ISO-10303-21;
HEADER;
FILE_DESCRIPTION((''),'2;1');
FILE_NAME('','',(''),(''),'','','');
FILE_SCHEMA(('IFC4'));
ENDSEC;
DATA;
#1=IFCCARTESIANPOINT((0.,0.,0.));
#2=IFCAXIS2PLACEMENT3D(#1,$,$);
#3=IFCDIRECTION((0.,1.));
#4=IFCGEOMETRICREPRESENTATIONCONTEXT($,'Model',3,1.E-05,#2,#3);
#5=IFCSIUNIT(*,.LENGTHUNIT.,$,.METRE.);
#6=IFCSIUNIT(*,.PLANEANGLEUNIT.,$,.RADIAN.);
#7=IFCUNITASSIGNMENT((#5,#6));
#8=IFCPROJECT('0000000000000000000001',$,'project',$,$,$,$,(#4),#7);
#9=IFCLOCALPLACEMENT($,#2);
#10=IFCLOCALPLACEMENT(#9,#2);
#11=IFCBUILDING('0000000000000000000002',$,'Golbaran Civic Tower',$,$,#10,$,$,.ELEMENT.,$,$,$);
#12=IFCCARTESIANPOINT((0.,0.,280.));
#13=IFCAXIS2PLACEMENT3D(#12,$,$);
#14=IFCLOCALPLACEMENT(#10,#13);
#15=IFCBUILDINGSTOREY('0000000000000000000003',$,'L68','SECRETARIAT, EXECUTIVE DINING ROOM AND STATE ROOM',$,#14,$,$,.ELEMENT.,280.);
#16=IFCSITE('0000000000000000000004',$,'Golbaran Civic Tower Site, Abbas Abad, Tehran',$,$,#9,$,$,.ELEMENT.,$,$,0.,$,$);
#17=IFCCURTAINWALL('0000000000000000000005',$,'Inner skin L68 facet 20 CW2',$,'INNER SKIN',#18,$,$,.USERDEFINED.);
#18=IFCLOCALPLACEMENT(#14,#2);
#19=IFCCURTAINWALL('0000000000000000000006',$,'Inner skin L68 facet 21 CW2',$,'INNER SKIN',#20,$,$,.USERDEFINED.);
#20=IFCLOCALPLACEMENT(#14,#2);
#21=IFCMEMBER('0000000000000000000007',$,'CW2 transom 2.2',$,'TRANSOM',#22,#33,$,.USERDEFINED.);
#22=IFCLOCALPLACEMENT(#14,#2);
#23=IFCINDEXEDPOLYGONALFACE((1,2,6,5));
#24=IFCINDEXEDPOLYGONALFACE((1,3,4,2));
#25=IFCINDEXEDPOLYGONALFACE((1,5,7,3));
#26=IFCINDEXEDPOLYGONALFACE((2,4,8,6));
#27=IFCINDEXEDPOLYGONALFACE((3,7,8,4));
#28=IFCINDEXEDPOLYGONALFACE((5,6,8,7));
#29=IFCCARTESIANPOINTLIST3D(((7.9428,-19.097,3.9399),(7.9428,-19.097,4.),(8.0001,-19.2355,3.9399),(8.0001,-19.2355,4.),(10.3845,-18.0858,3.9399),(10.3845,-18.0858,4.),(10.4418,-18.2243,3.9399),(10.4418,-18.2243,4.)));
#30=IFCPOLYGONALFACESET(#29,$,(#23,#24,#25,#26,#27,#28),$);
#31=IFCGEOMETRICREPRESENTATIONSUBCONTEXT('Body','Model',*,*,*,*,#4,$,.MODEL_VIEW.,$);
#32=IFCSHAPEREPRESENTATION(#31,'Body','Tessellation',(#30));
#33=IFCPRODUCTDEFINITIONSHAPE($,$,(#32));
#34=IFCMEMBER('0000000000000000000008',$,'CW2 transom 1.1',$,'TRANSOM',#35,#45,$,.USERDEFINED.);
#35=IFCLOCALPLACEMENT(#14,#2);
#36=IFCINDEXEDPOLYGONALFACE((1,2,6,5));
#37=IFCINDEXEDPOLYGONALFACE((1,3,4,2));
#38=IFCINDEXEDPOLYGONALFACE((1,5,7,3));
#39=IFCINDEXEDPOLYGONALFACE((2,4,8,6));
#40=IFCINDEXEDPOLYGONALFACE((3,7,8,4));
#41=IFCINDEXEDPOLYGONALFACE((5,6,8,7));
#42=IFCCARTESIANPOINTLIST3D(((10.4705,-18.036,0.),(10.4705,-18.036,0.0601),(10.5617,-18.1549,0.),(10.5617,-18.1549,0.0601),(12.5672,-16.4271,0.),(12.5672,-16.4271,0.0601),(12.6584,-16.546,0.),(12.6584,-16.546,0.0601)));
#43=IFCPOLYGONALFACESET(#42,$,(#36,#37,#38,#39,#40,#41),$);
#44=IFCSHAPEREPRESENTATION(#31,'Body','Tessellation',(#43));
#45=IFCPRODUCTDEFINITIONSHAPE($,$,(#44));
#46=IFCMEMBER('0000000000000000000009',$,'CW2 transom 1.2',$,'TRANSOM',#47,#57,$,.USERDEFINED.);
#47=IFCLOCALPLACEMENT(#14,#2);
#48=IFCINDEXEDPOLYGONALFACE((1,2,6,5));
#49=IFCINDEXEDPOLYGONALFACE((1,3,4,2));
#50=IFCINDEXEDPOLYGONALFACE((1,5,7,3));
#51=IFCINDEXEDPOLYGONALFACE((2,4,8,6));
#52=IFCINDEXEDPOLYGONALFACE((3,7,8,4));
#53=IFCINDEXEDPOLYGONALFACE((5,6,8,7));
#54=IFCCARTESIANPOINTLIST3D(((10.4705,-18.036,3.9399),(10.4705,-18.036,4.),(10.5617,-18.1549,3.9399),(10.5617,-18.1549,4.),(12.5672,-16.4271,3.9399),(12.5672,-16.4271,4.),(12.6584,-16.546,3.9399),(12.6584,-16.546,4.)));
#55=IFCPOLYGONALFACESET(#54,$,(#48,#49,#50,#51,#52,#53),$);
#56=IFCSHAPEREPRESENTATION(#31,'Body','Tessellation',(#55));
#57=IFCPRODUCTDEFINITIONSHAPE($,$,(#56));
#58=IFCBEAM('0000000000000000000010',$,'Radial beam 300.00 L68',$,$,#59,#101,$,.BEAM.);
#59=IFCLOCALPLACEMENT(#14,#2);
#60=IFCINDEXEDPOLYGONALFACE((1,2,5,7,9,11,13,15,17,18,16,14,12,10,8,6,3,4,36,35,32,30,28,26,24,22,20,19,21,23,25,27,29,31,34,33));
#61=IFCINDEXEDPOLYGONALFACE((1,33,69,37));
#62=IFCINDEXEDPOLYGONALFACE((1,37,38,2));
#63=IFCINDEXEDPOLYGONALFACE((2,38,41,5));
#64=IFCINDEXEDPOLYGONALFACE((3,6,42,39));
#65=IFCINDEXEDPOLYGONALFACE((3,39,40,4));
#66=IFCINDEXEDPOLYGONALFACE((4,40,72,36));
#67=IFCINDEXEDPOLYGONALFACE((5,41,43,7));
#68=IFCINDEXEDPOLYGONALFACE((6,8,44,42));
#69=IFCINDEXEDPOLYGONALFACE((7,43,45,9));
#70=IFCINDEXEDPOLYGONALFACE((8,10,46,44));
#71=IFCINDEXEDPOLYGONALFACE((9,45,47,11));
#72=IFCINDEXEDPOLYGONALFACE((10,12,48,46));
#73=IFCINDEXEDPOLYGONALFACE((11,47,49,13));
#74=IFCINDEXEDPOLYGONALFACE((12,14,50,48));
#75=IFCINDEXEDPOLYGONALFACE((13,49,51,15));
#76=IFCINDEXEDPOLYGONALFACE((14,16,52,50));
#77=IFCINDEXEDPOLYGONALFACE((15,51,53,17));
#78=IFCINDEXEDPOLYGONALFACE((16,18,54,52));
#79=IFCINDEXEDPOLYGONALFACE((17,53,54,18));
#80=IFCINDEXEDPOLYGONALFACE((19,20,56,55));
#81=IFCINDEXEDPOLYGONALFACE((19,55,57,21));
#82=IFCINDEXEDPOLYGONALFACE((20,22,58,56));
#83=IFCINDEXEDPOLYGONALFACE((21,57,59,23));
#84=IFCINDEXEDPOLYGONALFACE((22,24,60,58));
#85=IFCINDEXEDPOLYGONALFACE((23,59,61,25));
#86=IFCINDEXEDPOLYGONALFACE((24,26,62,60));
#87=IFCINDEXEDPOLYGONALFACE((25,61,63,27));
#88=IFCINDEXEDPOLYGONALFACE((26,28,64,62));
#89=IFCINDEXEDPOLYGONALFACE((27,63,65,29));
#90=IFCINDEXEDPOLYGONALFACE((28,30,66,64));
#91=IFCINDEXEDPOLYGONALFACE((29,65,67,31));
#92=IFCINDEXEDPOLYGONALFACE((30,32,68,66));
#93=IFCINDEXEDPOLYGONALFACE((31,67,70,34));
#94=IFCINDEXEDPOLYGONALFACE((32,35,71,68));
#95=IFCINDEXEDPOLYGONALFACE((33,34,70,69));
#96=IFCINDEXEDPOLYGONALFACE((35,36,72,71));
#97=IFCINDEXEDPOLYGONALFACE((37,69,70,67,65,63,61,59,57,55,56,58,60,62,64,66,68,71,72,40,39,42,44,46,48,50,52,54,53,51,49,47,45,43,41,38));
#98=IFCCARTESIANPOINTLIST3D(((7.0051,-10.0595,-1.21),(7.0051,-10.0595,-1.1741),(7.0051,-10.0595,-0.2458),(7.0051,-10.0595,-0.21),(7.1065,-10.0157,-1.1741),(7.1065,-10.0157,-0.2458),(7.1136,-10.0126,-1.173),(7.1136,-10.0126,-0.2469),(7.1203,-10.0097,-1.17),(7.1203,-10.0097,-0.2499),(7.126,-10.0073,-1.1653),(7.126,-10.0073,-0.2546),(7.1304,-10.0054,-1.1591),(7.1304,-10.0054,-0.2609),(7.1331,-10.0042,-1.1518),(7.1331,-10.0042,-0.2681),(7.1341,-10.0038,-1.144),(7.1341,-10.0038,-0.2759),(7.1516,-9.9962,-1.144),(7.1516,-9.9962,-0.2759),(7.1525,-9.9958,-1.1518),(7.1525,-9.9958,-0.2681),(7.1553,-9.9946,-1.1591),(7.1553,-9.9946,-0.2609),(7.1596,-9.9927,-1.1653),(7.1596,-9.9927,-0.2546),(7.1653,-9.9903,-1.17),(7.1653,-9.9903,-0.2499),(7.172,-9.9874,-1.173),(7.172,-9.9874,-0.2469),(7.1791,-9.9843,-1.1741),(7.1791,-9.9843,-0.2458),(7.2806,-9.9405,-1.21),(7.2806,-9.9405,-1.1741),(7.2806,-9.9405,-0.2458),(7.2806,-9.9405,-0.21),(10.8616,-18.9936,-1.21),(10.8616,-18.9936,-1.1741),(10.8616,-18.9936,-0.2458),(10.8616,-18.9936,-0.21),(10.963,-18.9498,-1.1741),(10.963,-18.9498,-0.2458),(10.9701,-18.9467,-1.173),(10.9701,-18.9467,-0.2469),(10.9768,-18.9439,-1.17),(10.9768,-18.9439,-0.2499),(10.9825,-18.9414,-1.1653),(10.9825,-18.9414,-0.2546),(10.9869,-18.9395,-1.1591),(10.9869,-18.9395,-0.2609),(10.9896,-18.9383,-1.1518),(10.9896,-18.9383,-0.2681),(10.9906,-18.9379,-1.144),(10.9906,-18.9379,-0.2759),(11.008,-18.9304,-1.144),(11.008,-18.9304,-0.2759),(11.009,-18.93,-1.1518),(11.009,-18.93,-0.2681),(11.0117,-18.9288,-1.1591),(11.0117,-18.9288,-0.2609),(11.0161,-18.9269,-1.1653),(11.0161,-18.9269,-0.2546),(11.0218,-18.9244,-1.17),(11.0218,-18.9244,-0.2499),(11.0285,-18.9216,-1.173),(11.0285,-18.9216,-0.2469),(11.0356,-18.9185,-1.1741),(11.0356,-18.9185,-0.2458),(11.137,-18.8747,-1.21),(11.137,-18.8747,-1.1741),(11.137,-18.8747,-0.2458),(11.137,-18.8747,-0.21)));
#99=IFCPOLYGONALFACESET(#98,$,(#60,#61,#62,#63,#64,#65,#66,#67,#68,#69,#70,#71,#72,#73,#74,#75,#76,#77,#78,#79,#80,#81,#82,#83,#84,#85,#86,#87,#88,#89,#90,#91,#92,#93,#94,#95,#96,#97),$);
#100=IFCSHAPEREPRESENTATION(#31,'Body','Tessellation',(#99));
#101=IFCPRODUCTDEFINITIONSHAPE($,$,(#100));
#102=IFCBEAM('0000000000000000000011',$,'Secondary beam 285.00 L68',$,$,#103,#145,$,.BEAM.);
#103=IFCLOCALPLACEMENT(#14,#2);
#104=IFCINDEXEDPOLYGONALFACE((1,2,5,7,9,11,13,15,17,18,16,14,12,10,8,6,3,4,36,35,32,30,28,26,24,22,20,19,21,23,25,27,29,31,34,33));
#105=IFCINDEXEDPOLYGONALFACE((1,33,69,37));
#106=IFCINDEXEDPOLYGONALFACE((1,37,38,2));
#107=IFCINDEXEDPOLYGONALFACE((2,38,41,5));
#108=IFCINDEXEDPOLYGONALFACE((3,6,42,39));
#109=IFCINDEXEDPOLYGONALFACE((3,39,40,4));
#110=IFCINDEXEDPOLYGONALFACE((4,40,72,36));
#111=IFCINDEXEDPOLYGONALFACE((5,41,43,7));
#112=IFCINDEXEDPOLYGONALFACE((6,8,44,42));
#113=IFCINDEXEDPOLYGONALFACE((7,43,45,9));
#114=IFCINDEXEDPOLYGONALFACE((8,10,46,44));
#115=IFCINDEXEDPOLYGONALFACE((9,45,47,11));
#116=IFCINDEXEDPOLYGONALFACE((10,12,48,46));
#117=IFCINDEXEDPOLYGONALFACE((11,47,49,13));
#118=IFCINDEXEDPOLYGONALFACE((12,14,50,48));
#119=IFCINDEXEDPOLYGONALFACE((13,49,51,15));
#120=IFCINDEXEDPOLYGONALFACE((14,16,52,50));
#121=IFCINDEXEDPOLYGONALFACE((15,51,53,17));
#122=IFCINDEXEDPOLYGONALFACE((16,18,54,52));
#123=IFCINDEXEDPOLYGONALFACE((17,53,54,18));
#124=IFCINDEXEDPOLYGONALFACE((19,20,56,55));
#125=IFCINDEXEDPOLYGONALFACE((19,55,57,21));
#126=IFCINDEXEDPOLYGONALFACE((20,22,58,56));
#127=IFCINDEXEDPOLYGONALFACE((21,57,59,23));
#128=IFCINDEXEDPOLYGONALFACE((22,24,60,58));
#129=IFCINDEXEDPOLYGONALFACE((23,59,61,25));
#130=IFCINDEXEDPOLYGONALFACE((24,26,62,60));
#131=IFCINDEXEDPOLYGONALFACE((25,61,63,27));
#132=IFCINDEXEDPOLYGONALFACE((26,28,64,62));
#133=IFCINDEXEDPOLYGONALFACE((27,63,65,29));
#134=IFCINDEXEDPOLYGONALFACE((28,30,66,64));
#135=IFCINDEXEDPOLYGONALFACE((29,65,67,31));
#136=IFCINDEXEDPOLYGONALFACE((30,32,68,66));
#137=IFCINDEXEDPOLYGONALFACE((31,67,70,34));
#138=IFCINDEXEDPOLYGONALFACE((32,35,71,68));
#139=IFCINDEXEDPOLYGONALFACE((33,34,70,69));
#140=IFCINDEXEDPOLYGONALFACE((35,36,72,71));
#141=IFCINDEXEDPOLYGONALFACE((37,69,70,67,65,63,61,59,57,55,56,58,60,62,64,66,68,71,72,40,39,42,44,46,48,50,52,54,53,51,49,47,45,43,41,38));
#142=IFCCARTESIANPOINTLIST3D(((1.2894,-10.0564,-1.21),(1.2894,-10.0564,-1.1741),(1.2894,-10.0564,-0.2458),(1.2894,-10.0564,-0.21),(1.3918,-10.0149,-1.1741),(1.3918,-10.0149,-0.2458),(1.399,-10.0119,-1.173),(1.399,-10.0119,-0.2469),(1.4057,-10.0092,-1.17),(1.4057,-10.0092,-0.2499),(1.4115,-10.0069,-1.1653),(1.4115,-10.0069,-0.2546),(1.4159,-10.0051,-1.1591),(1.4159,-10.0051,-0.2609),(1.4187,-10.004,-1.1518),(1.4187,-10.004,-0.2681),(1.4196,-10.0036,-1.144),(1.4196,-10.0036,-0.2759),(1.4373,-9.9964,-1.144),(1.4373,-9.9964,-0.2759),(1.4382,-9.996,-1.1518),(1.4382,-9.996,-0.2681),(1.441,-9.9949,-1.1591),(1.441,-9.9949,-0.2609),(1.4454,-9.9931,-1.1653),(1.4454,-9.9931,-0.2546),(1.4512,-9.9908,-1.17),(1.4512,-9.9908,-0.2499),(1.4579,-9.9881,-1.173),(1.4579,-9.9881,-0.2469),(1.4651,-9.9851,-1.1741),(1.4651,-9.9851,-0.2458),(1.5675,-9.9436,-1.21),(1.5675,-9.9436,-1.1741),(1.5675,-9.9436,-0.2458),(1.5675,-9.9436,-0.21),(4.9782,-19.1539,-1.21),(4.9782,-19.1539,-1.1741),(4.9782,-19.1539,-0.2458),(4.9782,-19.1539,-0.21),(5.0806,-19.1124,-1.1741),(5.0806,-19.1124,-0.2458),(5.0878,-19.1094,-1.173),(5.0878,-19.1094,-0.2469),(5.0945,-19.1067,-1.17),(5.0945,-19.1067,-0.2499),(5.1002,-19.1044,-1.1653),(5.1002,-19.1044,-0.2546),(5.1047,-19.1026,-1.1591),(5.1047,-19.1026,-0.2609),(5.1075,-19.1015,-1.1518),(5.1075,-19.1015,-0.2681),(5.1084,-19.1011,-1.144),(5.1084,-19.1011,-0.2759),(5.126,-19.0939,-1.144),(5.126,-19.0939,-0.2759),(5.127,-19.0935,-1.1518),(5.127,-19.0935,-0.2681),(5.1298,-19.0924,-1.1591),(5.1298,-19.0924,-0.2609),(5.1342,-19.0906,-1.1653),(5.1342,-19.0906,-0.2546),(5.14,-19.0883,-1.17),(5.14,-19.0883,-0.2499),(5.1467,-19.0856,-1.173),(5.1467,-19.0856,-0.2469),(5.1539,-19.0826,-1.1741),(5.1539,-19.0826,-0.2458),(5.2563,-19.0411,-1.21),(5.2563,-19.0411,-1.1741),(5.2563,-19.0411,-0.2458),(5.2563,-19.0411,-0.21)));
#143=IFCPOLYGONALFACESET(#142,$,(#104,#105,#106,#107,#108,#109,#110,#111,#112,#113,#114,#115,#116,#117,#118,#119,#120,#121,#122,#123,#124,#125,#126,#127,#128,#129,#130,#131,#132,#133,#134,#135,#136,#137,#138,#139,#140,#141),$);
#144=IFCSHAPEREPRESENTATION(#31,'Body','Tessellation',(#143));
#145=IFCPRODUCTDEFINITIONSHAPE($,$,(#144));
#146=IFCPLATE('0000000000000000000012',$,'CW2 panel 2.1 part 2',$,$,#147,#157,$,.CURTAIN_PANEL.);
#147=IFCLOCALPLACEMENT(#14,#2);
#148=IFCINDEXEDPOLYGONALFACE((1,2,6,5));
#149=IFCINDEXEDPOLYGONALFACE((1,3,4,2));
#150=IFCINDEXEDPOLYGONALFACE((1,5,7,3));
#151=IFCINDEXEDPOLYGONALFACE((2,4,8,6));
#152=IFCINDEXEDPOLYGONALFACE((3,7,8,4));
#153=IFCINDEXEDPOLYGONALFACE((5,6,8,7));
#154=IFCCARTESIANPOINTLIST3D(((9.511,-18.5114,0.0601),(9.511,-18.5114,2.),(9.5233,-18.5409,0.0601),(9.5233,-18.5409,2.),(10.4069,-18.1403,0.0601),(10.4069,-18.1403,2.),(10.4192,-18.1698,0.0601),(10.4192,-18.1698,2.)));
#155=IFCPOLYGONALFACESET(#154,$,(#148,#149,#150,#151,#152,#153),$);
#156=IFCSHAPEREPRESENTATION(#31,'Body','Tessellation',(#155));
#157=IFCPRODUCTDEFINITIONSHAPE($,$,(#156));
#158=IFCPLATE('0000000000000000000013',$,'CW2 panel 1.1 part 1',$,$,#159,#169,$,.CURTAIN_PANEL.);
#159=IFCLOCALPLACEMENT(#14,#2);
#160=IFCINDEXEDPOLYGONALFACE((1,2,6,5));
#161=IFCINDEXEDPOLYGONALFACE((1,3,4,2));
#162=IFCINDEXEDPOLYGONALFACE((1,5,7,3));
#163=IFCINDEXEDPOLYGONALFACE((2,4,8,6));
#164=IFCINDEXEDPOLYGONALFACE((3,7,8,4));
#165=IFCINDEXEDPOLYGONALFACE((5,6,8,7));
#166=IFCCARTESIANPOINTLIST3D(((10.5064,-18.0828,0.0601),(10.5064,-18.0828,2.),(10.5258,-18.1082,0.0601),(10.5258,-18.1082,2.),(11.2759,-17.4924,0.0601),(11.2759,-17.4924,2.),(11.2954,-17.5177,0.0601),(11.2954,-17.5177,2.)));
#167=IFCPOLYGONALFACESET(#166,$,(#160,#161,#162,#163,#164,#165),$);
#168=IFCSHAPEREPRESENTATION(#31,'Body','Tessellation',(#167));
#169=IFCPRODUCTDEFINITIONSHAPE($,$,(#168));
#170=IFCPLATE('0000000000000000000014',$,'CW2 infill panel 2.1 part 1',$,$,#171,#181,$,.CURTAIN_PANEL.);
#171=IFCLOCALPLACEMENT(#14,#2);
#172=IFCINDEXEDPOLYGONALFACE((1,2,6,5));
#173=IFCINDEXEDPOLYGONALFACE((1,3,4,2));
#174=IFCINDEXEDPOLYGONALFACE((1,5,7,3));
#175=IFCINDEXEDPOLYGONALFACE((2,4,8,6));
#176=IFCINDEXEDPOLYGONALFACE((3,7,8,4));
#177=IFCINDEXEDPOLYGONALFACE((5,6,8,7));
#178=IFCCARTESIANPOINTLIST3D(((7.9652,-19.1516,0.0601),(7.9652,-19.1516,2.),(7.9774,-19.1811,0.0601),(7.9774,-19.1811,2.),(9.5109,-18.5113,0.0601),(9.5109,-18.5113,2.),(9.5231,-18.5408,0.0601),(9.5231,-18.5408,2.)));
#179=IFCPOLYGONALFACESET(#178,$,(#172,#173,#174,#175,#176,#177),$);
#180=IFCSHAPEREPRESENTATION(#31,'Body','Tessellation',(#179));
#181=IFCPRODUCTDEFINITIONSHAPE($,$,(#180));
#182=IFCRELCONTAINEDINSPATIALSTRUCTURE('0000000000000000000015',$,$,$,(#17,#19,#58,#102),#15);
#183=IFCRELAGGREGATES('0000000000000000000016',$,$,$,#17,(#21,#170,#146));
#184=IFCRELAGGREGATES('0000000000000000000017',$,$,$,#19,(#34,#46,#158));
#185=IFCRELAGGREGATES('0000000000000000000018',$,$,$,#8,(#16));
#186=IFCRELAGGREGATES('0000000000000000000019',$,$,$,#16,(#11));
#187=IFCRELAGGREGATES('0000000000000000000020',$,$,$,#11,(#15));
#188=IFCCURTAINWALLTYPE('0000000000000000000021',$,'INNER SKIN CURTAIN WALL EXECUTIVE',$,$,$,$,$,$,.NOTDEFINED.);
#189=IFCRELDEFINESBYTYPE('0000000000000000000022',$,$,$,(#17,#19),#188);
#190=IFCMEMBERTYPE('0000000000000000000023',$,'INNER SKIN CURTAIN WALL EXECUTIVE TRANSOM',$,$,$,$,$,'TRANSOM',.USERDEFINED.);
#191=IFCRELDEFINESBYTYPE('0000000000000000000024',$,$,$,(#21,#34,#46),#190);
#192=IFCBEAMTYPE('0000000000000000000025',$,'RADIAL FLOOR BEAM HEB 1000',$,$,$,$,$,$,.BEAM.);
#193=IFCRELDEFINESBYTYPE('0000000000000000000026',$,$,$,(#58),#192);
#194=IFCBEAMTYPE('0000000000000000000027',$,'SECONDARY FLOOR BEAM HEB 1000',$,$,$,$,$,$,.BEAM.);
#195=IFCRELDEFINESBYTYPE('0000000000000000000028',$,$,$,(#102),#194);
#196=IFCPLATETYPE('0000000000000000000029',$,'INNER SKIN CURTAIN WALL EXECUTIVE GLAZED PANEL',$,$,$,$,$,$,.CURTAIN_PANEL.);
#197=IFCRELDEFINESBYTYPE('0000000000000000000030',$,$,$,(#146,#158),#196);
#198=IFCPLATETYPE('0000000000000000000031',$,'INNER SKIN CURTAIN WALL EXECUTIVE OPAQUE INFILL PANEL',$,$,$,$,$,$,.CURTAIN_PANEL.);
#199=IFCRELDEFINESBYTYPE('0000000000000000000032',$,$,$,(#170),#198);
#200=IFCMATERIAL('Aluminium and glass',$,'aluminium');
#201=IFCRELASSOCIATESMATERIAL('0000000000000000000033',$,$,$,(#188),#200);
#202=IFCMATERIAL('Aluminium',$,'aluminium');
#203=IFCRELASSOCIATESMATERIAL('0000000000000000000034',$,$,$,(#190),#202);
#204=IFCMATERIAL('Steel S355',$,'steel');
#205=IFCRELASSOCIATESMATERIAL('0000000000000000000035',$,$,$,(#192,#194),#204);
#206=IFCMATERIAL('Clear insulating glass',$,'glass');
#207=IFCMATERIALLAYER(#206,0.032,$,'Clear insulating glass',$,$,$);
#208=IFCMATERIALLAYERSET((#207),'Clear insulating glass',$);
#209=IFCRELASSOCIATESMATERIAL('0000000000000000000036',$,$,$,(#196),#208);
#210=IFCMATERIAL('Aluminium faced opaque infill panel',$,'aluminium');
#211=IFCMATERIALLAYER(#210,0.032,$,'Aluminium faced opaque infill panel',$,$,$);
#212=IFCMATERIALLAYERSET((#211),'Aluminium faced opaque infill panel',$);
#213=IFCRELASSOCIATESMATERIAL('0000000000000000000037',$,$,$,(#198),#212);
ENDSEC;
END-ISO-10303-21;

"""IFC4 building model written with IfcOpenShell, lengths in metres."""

from ifc_helpers import new_model, si_unit, direction, frame, origin, origin_2d, place, context, subcontext, project, spatial, rectangle, i_section, extrude, material, layer, layer_set, material_profile, profile_set, type_object, element, aggregate, save


model = new_model("IFC4")

# Units and contexts
model_context = context("Model", 3, precision=1e-05, world=origin(), true_north=direction((0.0, 1.0)))
body_context = subcontext(model_context, "Body", "Model", "MODEL_VIEW")
ifc_project = project(units=[si_unit("LENGTHUNIT", "METRE"), si_unit("PLANEANGLEUNIT", "RADIAN")], contexts=[model_context])

# Site, building, storey
site_placement = place(None, origin())
site = spatial("IfcSite", under=ifc_project, at=site_placement, Name="Golbaran Civic Tower Site, Abbas Abad, Tehran", CompositionType="ELEMENT", RefElevation=0.0)
building_placement = place(site_placement, origin())
building = spatial("IfcBuilding", under=site, at=building_placement, Name="Golbaran Civic Tower", CompositionType="ELEMENT")
storey_placement = place(building_placement, frame((0.0, 0.0, 280.0)))
storey = spatial("IfcBuildingStorey", under=building, at=storey_placement, Name="L68", Description="SECRETARIAT, EXECUTIVE DINING ROOM AND STATE ROOM", CompositionType="ELEMENT", Elevation=280.0)

# Shared definitions
ifc_material_1 = material(Name="Steel S355", Category="steel")

# Curtain walls
ifc_material_2 = material(Name="Aluminium and glass", Category="aluminium")
curtain_wall_type = type_object("IfcCurtainWallType", Name="INNER SKIN CURTAIN WALL EXECUTIVE", PredefinedType="NOTDEFINED", material=ifc_material_2)
curtain_wall_1_placement = place(storey_placement, origin())
curtain_wall_1 = element("IfcCurtainWall", 1, at=curtain_wall_1_placement, inside=storey, type_object=curtain_wall_type, Name="Inner skin L68 facet 20 CW2", ObjectType="INNER SKIN", PredefinedType="USERDEFINED")
ifc_material_3 = material(Name="Aluminium", Category="aluminium")
curtain_wall_2_placement = place(storey_placement, origin())
curtain_wall_2 = element("IfcCurtainWall", 2, at=curtain_wall_2_placement, inside=storey, type_object=curtain_wall_type, Name="Inner skin L68 facet 21 CW2", ObjectType="INNER SKIN", PredefinedType="USERDEFINED")

# Members
ifc_material_profile_1 = material_profile(ifc_material_3, rectangle(XDim=0.1499, YDim=0.0601, at=origin_2d()), Name="INNER SKIN CURTAIN WALL EXECUTIVE TRANSOM")
ifc_profile_set_1 = profile_set([ifc_material_profile_1], Name="Aluminium")
member_type_1 = type_object("IfcMemberType", Name="INNER SKIN CURTAIN WALL EXECUTIVE TRANSOM", ElementType="TRANSOM", PredefinedType="USERDEFINED", material=ifc_profile_set_1)
member_1_placement = place(storey_placement, frame((7.9714, -19.1663, 3.97), z_axis=(0.923897, 0.38264, 0.0), x_axis=(-0.38264, 0.923897, 0.0)))
member_1 = element("IfcMember", 3, at=member_1_placement, type_object=member_type_1, Name="CW2 transom 2.2", ObjectType="TRANSOM", PredefinedType="USERDEFINED", context=body_context, shape_type="SweptSolid", body=[
    extrude(rectangle(XDim=0.1499, YDim=0.0601, at=origin_2d()), origin(), (0.0, 0.0, 1.0), 2.6428),
])
member_2_placement = place(storey_placement, frame((10.5161, -18.0955, 0.03), z_axis=(0.793345, 0.608773, 0.0), x_axis=(-0.608773, 0.793345, 0.0)))
member_2 = element("IfcMember", 4, at=member_2_placement, type_object=member_type_1, Name="CW2 transom 1.1", ObjectType="TRANSOM", PredefinedType="USERDEFINED", context=body_context, shape_type="SweptSolid", body=[
    extrude(rectangle(XDim=0.1499, YDim=0.0601, at=origin_2d()), origin(), (0.0, 0.0, 1.0), 2.6428),
])
member_3_placement = place(storey_placement, frame((10.5161, -18.0955, 3.97), z_axis=(0.793345, 0.608773, 0.0), x_axis=(-0.608773, 0.793345, 0.0)))
member_3 = element("IfcMember", 5, at=member_3_placement, type_object=member_type_1, Name="CW2 transom 1.2", ObjectType="TRANSOM", PredefinedType="USERDEFINED", context=body_context, shape_type="SweptSolid", body=[
    extrude(rectangle(XDim=0.1499, YDim=0.0601, at=origin_2d()), origin(), (0.0, 0.0, 1.0), 2.6428),
])

# Beams
ifc_material_profile_2 = material_profile(ifc_material_1, i_section(OverallWidth=0.3, OverallDepth=1.0, WebThickness=0.019, FlangeThickness=0.0359, FilletRadius=0.03, at=origin_2d()), Name="HEB 1000")
ifc_profile_set_2 = profile_set([ifc_material_profile_2], Name="Steel S355")
beam_type_1 = type_object("IfcBeamType", Name="RADIAL FLOOR BEAM HEB 1000", PredefinedType="BEAM", material=ifc_profile_set_2)
beam_1_placement = place(storey_placement, frame((7.1428, -10.0, -0.71), z_axis=(0.39631, -0.918117, 0.0), x_axis=(0.918117, 0.39631, 0.0)))
element("IfcBeam", 6, at=beam_1_placement, inside=storey, type_object=beam_type_1, Name="Radial beam 300.00 L68", PredefinedType="BEAM", context=body_context, shape_type="SweptSolid", body=[
    extrude(i_section(OverallWidth=0.3, OverallDepth=1.0, WebThickness=0.019, FlangeThickness=0.0359, FilletRadius=0.03, at=origin_2d()), origin(), (0.0, 0.0, 1.0), 9.731),
])
ifc_material_profile_3 = material_profile(ifc_material_1, i_section(OverallWidth=0.3, OverallDepth=1.0, WebThickness=0.019, FlangeThickness=0.0359, FilletRadius=0.03, at=origin_2d()), Name="HEB 1000")
ifc_profile_set_3 = profile_set([ifc_material_profile_3], Name="Steel S355")
beam_type_2 = type_object("IfcBeamType", Name="SECONDARY FLOOR BEAM HEB 1000", PredefinedType="BEAM", material=ifc_profile_set_3)
beam_2_placement = place(storey_placement, frame((1.4285, -10.0, -0.71), z_axis=(0.375756, -0.926719, 0.0), x_axis=(0.926719, 0.375756, 0.0)))
element("IfcBeam", 7, at=beam_2_placement, inside=storey, type_object=beam_type_2, Name="Secondary beam 285.00 L68", PredefinedType="BEAM", context=body_context, shape_type="SweptSolid", body=[
    extrude(i_section(OverallWidth=0.3, OverallDepth=1.0, WebThickness=0.019, FlangeThickness=0.0359, FilletRadius=0.03, at=origin_2d()), origin(), (0.0, 0.0, 1.0), 9.8169),
])

# Plates
ifc_material_4 = material(Name="Clear insulating glass", Category="glass")
ifc_layer_1 = layer(ifc_material_4, 0.032, Name="Clear insulating glass")
ifc_layer_set_1 = layer_set([ifc_layer_1], Name="Clear insulating glass")
plate_type_1 = type_object("IfcPlateType", Name="INNER SKIN CURTAIN WALL EXECUTIVE GLAZED PANEL", PredefinedType="CURTAIN_PANEL", material=ifc_layer_set_1)
plate_1_placement = place(storey_placement, frame((9.9651, -18.3406, 0.0601), z_axis=(0.0, 0.0, 1.0), x_axis=(0.92388, 0.382683, 0.0)))
plate_1 = element("IfcPlate", 8, at=plate_1_placement, type_object=plate_type_1, Name="CW2 panel 2.1 part 2", PredefinedType="CURTAIN_PANEL", context=body_context, shape_type="SweptSolid", body=[
    extrude(rectangle(XDim=0.9697, YDim=0.032, at=origin_2d()), origin(), (0.0, 0.0, 1.0), 1.9399),
])
plate_2_placement = place(storey_placement, frame((10.9009, -17.8003, 0.0601), z_axis=(0.0, 0.0, 1.0), x_axis=(0.793353, 0.608761, 0.0)))
plate_2 = element("IfcPlate", 9, at=plate_2_placement, type_object=plate_type_1, Name="CW2 panel 1.1 part 1", PredefinedType="CURTAIN_PANEL", context=body_context, shape_type="SweptSolid", body=[
    extrude(rectangle(XDim=0.97, YDim=0.032, at=origin_2d()), origin(), (0.0, 0.0, 1.0), 1.9399),
])
ifc_material_5 = material(Name="Aluminium faced opaque infill panel", Category="aluminium")
ifc_layer_2 = layer(ifc_material_5, 0.032, Name="Aluminium faced opaque infill panel")
ifc_layer_set_2 = layer_set([ifc_layer_2], Name="Aluminium faced opaque infill panel")
plate_type_2 = type_object("IfcPlateType", Name="INNER SKIN CURTAIN WALL EXECUTIVE OPAQUE INFILL PANEL", PredefinedType="CURTAIN_PANEL", material=ifc_layer_set_2)
plate_3_placement = place(storey_placement, frame((8.7441, -18.8462, 0.0601), z_axis=(0.0, 0.0, 1.0), x_axis=(0.92388, 0.382683, 0.0)))
plate_3 = element("IfcPlate", 10, at=plate_3_placement, type_object=plate_type_2, Name="CW2 infill panel 2.1 part 1", PredefinedType="CURTAIN_PANEL", context=body_context, shape_type="SweptSolid", body=[
    extrude(rectangle(XDim=1.6731, YDim=0.032, at=origin_2d()), origin(), (0.0, 0.0, 1.0), 1.9399),
])
aggregate(curtain_wall_1, [member_1, plate_3, plate_1])
aggregate(curtain_wall_2, [member_2, member_3, plate_2])

save(model, "model.ifc")
